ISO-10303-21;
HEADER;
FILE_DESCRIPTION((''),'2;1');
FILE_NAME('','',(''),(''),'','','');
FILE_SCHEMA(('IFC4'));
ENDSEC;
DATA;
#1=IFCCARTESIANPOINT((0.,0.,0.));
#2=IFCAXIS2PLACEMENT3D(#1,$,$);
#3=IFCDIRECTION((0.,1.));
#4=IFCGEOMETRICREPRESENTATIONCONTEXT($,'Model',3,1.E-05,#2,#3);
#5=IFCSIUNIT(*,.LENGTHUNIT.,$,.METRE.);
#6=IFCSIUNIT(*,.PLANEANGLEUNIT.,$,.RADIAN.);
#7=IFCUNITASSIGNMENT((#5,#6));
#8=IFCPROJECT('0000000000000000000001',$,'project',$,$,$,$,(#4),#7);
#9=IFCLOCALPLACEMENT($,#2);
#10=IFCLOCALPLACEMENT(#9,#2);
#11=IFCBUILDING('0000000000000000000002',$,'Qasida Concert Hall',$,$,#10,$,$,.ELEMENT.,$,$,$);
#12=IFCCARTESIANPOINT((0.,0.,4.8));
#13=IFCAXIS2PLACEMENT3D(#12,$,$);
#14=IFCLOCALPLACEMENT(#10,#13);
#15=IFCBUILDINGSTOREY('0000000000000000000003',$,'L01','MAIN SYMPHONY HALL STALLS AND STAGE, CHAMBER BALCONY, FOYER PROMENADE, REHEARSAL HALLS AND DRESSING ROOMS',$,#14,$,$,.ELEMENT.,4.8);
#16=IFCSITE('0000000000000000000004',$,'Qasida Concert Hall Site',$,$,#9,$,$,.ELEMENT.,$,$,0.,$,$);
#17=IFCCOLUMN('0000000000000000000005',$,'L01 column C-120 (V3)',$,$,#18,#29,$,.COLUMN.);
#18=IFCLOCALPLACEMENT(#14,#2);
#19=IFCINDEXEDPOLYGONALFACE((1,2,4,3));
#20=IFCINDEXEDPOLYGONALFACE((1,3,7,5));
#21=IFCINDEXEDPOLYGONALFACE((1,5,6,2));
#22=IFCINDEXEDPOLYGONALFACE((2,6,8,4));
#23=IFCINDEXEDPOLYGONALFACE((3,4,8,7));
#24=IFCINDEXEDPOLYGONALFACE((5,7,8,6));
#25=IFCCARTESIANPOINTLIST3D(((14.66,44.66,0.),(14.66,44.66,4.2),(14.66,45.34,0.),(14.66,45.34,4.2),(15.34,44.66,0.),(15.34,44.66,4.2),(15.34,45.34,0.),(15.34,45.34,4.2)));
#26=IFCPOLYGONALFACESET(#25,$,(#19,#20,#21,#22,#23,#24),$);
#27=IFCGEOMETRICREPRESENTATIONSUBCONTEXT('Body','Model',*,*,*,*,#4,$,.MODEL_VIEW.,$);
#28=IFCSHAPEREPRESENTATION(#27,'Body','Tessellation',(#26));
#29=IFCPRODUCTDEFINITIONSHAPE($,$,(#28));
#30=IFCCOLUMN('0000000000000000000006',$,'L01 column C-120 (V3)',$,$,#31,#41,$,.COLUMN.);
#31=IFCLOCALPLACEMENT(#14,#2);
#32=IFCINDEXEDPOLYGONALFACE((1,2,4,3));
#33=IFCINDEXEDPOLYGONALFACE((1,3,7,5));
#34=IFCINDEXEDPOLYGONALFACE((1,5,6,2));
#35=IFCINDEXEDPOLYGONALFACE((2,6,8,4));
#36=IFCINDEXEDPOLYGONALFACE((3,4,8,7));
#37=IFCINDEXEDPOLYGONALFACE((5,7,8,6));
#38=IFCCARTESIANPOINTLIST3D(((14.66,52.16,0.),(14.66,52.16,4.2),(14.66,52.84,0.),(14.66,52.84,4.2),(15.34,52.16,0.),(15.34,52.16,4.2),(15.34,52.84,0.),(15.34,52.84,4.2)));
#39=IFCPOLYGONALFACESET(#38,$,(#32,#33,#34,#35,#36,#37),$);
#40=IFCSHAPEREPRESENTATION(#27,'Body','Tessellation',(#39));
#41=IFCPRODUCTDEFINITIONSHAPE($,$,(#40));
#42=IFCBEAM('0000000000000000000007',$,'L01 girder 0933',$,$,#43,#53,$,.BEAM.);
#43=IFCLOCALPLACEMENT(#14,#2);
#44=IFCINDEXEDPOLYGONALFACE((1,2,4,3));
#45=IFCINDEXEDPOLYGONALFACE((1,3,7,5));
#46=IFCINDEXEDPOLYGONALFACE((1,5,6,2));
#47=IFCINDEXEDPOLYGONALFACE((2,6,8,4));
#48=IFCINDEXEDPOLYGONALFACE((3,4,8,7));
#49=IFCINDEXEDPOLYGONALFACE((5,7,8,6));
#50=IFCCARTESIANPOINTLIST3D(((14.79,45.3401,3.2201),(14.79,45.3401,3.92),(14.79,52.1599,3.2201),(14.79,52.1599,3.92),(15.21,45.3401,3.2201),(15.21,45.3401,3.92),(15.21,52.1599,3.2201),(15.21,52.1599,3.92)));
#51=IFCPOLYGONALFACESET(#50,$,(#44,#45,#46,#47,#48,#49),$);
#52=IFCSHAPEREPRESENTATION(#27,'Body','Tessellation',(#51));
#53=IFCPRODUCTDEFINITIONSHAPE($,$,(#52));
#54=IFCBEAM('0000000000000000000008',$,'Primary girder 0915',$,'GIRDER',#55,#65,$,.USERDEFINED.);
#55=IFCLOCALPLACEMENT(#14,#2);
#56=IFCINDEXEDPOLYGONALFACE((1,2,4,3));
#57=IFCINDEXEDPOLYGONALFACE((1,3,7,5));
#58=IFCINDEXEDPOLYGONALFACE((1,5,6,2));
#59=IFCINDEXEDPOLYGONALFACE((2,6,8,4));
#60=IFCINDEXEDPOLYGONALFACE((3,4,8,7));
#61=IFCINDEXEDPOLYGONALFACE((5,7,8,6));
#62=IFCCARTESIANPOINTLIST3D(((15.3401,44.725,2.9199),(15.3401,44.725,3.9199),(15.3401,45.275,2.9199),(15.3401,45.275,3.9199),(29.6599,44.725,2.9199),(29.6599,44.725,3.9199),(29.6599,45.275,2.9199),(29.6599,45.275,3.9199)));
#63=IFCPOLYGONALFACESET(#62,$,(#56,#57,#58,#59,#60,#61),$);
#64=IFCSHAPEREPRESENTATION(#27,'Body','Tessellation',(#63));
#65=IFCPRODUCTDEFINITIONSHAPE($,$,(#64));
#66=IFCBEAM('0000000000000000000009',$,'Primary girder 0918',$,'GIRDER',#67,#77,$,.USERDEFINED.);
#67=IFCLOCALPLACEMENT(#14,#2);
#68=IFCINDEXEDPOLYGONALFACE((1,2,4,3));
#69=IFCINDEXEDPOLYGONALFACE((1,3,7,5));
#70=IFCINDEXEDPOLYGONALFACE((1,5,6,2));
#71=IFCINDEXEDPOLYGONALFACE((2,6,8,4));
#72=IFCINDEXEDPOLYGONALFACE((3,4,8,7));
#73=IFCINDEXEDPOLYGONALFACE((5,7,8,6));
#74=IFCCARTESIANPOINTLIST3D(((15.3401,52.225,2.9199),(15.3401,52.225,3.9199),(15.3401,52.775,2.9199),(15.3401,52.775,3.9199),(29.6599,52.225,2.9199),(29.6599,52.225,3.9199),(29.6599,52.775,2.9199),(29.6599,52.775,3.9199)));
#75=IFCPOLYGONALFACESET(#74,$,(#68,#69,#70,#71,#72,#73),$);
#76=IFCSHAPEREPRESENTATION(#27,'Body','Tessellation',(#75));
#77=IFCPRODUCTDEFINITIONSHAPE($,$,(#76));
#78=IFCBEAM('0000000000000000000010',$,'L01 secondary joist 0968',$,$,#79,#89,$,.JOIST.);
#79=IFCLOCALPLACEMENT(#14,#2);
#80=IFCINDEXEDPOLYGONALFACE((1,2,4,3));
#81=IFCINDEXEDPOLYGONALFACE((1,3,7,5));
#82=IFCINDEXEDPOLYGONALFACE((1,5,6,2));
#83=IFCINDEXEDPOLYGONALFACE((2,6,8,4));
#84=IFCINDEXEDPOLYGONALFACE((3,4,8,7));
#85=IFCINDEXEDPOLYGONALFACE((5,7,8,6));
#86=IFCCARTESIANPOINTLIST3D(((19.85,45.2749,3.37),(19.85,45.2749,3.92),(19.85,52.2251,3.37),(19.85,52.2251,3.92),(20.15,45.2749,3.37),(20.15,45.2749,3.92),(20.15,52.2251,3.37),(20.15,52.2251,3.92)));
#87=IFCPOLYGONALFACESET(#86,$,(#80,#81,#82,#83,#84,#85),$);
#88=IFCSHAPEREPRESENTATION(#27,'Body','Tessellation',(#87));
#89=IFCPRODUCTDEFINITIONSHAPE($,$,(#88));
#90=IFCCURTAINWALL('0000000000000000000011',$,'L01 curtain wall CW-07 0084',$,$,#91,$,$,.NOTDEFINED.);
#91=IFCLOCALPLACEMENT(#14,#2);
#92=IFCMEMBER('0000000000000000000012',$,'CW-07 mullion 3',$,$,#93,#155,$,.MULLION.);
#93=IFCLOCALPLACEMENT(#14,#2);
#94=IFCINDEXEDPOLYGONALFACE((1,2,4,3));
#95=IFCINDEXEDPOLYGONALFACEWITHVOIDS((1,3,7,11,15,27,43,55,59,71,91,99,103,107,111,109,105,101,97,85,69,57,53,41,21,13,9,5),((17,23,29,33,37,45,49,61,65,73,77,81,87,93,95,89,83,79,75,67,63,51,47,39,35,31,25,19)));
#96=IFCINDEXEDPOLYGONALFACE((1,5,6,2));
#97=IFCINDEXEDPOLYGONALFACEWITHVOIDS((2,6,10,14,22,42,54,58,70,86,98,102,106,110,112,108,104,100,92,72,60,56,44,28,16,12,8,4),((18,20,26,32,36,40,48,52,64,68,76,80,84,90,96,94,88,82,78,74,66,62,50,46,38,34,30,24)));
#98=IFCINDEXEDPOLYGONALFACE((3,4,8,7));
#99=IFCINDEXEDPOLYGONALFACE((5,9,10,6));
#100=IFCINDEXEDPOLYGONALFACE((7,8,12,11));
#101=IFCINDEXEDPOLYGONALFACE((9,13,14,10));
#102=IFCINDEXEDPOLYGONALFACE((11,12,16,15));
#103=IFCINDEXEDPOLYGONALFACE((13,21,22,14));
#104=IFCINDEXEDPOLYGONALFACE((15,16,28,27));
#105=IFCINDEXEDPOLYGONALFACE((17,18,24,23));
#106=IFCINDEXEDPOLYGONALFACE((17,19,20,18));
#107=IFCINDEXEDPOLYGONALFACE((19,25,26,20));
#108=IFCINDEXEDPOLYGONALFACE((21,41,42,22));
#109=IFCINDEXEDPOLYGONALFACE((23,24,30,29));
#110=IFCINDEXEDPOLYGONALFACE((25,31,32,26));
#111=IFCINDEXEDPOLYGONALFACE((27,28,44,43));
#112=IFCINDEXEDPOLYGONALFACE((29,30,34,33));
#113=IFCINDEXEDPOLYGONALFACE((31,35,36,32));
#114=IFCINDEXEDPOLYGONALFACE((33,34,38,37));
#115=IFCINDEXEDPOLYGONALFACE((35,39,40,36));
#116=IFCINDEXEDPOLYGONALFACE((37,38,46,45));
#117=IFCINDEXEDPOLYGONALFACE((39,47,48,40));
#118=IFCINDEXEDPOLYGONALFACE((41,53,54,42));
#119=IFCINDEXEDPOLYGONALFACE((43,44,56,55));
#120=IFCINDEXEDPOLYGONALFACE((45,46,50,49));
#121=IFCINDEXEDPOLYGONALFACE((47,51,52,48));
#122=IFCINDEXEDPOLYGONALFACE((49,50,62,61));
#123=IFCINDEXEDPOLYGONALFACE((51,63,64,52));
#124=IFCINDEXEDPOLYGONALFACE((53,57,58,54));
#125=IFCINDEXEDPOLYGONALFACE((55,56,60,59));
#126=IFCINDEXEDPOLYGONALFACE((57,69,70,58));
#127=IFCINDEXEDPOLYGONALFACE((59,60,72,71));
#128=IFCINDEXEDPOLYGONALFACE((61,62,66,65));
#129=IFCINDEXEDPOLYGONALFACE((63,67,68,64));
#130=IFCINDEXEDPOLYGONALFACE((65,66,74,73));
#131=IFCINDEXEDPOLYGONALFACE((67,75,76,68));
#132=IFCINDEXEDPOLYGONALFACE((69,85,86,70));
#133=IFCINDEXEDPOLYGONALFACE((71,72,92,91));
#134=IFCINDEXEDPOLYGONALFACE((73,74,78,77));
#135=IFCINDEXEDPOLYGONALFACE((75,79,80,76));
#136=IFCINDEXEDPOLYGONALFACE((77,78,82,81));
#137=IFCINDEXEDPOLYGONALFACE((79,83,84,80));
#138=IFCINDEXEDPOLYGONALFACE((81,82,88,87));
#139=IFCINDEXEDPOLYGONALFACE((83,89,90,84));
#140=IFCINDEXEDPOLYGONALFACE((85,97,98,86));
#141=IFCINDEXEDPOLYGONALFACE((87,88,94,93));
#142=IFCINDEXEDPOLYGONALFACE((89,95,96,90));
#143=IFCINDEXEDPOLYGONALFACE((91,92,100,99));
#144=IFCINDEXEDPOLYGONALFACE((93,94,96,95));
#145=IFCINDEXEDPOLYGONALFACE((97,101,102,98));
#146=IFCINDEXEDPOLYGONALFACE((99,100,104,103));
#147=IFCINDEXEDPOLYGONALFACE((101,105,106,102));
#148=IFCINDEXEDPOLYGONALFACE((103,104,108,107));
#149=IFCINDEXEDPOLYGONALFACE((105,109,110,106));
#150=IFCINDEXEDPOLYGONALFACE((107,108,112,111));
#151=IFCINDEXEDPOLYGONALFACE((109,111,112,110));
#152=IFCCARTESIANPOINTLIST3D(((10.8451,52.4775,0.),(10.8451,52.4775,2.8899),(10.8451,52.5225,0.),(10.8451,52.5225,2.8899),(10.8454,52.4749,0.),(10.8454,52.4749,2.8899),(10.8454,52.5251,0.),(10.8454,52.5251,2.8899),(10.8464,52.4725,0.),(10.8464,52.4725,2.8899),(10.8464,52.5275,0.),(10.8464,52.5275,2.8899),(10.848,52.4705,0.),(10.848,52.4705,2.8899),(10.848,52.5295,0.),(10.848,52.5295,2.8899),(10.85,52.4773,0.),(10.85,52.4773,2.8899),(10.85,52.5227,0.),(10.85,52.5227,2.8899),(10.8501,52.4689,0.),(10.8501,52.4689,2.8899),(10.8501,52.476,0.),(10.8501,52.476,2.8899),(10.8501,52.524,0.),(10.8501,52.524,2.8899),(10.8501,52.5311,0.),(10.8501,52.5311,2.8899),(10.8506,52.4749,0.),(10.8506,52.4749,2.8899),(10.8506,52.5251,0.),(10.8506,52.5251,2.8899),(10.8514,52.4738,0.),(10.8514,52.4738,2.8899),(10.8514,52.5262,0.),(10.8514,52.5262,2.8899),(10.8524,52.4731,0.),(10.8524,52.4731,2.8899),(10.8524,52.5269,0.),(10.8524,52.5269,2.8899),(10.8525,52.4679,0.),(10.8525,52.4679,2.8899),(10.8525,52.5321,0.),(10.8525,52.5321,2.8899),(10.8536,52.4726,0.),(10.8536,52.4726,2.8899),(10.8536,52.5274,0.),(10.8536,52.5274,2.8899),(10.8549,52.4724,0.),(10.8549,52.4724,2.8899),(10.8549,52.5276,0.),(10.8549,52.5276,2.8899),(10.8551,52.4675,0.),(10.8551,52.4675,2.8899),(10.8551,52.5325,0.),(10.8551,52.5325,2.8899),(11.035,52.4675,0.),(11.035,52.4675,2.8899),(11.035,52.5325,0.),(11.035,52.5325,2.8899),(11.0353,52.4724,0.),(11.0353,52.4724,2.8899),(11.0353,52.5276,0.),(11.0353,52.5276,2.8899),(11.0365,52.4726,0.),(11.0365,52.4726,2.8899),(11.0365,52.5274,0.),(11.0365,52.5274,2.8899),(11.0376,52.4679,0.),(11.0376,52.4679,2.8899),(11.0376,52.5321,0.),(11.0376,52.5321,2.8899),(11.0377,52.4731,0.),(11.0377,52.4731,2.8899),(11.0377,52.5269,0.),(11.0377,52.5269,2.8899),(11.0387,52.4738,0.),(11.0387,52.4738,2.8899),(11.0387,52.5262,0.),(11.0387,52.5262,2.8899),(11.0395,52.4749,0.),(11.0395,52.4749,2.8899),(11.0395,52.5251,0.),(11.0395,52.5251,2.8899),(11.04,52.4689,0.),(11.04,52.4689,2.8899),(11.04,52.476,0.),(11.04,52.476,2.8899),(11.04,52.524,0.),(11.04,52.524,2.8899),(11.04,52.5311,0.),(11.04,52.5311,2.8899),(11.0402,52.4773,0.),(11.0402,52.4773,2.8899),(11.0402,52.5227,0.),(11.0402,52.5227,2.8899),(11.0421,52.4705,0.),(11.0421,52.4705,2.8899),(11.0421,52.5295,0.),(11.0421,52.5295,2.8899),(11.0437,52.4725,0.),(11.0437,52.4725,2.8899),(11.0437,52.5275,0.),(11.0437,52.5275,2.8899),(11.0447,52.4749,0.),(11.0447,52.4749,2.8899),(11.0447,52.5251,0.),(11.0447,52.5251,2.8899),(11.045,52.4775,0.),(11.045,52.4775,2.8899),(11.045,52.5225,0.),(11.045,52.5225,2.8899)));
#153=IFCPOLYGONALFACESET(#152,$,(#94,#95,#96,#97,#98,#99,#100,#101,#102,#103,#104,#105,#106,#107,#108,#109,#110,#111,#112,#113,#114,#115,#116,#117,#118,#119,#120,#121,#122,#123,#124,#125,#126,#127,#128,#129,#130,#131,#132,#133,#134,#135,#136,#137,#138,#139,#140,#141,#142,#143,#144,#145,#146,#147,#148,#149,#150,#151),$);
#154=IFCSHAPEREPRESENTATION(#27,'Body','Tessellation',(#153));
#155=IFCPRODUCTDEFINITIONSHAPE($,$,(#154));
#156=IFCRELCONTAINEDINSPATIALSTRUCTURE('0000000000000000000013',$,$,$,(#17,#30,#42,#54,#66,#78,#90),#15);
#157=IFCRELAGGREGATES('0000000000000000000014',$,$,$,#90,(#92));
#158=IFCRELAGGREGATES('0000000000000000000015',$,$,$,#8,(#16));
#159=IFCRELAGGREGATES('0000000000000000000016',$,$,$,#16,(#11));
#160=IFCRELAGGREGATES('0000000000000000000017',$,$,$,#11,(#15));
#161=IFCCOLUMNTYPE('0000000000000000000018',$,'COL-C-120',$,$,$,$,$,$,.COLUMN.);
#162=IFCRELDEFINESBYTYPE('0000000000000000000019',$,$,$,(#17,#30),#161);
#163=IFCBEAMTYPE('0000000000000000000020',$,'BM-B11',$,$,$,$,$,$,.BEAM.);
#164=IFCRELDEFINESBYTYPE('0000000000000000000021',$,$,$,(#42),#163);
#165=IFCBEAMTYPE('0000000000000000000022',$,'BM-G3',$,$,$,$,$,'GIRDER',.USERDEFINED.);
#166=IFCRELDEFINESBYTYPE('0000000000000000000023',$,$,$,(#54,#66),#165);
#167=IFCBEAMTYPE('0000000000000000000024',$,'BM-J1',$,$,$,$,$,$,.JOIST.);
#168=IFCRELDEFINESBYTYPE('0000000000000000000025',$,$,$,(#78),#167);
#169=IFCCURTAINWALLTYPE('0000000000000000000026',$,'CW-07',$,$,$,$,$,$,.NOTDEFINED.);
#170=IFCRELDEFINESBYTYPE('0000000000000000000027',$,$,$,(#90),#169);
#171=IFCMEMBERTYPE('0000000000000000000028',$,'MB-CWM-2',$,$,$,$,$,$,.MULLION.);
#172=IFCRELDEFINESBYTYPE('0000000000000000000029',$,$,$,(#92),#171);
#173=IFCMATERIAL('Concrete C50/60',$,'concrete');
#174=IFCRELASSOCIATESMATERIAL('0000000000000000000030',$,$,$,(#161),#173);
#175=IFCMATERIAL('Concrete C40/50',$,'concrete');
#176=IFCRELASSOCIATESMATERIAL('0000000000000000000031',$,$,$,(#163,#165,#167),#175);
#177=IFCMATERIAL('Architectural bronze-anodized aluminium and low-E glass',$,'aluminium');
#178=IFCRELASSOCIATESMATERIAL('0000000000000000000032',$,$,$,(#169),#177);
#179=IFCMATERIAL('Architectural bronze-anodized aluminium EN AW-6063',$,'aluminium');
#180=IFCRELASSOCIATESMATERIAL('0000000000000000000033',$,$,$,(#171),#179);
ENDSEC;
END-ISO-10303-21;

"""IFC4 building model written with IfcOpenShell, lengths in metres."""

from ifc_helpers import new_model, si_unit, direction, frame, origin, origin_2d, place, context, subcontext, project, spatial, rectangle, hollow_rectangle, extrude, material, material_profile, profile_set, type_object, element, aggregate, save


model = new_model("IFC4")

# Units and contexts
model_context = context("Model", 3, precision=1e-05, world=origin(), true_north=direction((0.0, 1.0)))
body_context = subcontext(model_context, "Body", "Model", "MODEL_VIEW")
ifc_project = project(units=[si_unit("LENGTHUNIT", "METRE"), si_unit("PLANEANGLEUNIT", "RADIAN")], contexts=[model_context])

# Site, building, storey
site_placement = place(None, origin())
site = spatial("IfcSite", under=ifc_project, at=site_placement, Name="Qasida Concert Hall Site", CompositionType="ELEMENT", RefElevation=0.0)
building_placement = place(site_placement, origin())
building = spatial("IfcBuilding", under=site, at=building_placement, Name="Qasida Concert Hall", CompositionType="ELEMENT")
storey_placement = place(building_placement, frame((0.0, 0.0, 4.8)))
storey = spatial("IfcBuildingStorey", under=building, at=storey_placement, Name="L01", Description="MAIN SYMPHONY HALL STALLS AND STAGE, CHAMBER BALCONY, FOYER PROMENADE, REHEARSAL HALLS AND DRESSING ROOMS", CompositionType="ELEMENT", Elevation=4.8)

# Columns
ifc_material_1 = material(Name="Concrete C50/60", Category="concrete")
ifc_material_profile_1 = material_profile(ifc_material_1, rectangle(XDim=0.6799, YDim=0.6799, at=origin_2d()), Name="RC 680x680")
ifc_profile_set_1 = profile_set([ifc_material_profile_1], Name="Concrete C50/60")
column_type = type_object("IfcColumnType", Name="COL-C-120", PredefinedType="COLUMN", material=ifc_profile_set_1)
for number, where, z_axis, x_axis, name in (
    (1, (15.0, 45.0, 0.0), (0.0, 0.0, 1.0), (1.0, 0.0, 0.0), "L01 column C-120 (V3)"),
    (2, (15.0, 52.5, 0.0), (0.0, 0.0, 1.0), (1.0, 0.0, 0.0), "L01 column C-120 (V3)"),
):
    element("IfcColumn", number, at=place(storey_placement, frame(where, z_axis=z_axis, x_axis=x_axis)), inside=storey, type_object=column_type, Name=name, PredefinedType="COLUMN", context=body_context, shape_type="SweptSolid", body=[
        extrude(rectangle(XDim=0.6799, YDim=0.6799, at=origin_2d()), origin(), (0.0, 0.0, 1.0), 4.2),
    ])

# Beams
ifc_material_2 = material(Name="Concrete C40/50", Category="concrete")
ifc_material_profile_2 = material_profile(ifc_material_2, rectangle(XDim=0.4199, YDim=0.7, at=origin_2d()), Name="RC 420x700")
ifc_profile_set_2 = profile_set([ifc_material_profile_2], Name="Concrete C40/50")
beam_type_1 = type_object("IfcBeamType", Name="BM-B11", PredefinedType="BEAM", material=ifc_profile_set_2)
beam_1_placement = place(storey_placement, frame((15.0, 45.3401, 3.5701), z_axis=(0.0, 1.0, 0.0), x_axis=(-1.0, 0.0, 0.0)))
element("IfcBeam", 3, at=beam_1_placement, inside=storey, type_object=beam_type_1, Name="L01 girder 0933", PredefinedType="BEAM", context=body_context, shape_type="SweptSolid", body=[
    extrude(rectangle(XDim=0.4199, YDim=0.7, at=origin_2d()), origin(), (0.0, 0.0, 1.0), 6.8198),
])
ifc_material_profile_3 = material_profile(ifc_material_2, rectangle(XDim=0.55, YDim=1.0, at=origin_2d()), Name="RC 550x1000")
ifc_profile_set_3 = profile_set([ifc_material_profile_3], Name="Concrete C40/50")
beam_type_2 = type_object("IfcBeamType", Name="BM-G3", ElementType="GIRDER", PredefinedType="USERDEFINED", material=ifc_profile_set_3)
for number, where, z_axis, x_axis, name in (
    (4, (15.3401, 45.0, 3.4199), (1.0, 0.0, 0.0), (0.0, 1.0, 0.0), "Primary girder 0915"),
    (5, (15.3401, 52.5, 3.4199), (1.0, 0.0, 0.0), (0.0, 1.0, 0.0), "Primary girder 0918"),
):
    element("IfcBeam", number, at=place(storey_placement, frame(where, z_axis=z_axis, x_axis=x_axis)), inside=storey, type_object=beam_type_2, Name=name, ObjectType="GIRDER", PredefinedType="USERDEFINED", context=body_context, shape_type="SweptSolid", body=[
        extrude(rectangle(XDim=0.55, YDim=1.0, at=origin_2d()), origin(), (0.0, 0.0, 1.0), 14.3198),
    ])
ifc_material_profile_4 = material_profile(ifc_material_2, rectangle(XDim=0.3, YDim=0.55, at=origin_2d()), Name="RC 300x550")
ifc_profile_set_4 = profile_set([ifc_material_profile_4], Name="Concrete C40/50")
beam_type_3 = type_object("IfcBeamType", Name="BM-J1", PredefinedType="JOIST", material=ifc_profile_set_4)
beam_2_placement = place(storey_placement, frame((20.0, 45.2749, 3.645), z_axis=(0.0, 1.0, 0.0), x_axis=(-1.0, 0.0, 0.0)))
element("IfcBeam", 6, at=beam_2_placement, inside=storey, type_object=beam_type_3, Name="L01 secondary joist 0968", PredefinedType="JOIST", context=body_context, shape_type="SweptSolid", body=[
    extrude(rectangle(XDim=0.3, YDim=0.55, at=origin_2d()), origin(), (0.0, 0.0, 1.0), 6.9502),
])

# Curtain wall, member
ifc_material_3 = material(Name="Architectural bronze-anodized aluminium and low-E glass", Category="aluminium")
curtain_wall_type = type_object("IfcCurtainWallType", Name="CW-07", PredefinedType="NOTDEFINED", material=ifc_material_3)
curtain_wall_placement = place(storey_placement, origin())
curtain_wall = element("IfcCurtainWall", 7, at=curtain_wall_placement, inside=storey, type_object=curtain_wall_type, Name="L01 curtain wall CW-07 0084", PredefinedType="NOTDEFINED")
ifc_material_4 = material(Name="Architectural bronze-anodized aluminium EN AW-6063", Category="aluminium")
ifc_material_profile_5 = material_profile(ifc_material_4, hollow_rectangle(XDim=0.0649, YDim=0.2, WallThickness=0.0049, InnerFilletRadius=0.0049, OuterFilletRadius=0.01, at=origin_2d()), Name="CWM 200x65x5")
ifc_profile_set_5 = profile_set([ifc_material_profile_5], Name="Architectural bronze-anodized aluminium EN AW-6063")
member_type_1 = type_object("IfcMemberType", Name="MB-CWM-2", PredefinedType="MULLION", material=ifc_profile_set_5)
member_1_placement = place(storey_placement, frame((10.9451, 52.5, 0.0), z_axis=(0.0, 0.0, 1.0), x_axis=(0.0, 1.0, 0.0)))
member_1 = element("IfcMember", 8, at=member_1_placement, type_object=member_type_1, Name="CW-07 mullion 3", PredefinedType="MULLION", context=body_context, shape_type="SweptSolid", body=[
    extrude(hollow_rectangle(XDim=0.0649, YDim=0.2, WallThickness=0.0049, InnerFilletRadius=0.0049, OuterFilletRadius=0.01, at=origin_2d()), origin(), (0.0, 0.0, 1.0), 2.8899),
])
aggregate(curtain_wall, [member_1])

save(model, "model.ifc")
